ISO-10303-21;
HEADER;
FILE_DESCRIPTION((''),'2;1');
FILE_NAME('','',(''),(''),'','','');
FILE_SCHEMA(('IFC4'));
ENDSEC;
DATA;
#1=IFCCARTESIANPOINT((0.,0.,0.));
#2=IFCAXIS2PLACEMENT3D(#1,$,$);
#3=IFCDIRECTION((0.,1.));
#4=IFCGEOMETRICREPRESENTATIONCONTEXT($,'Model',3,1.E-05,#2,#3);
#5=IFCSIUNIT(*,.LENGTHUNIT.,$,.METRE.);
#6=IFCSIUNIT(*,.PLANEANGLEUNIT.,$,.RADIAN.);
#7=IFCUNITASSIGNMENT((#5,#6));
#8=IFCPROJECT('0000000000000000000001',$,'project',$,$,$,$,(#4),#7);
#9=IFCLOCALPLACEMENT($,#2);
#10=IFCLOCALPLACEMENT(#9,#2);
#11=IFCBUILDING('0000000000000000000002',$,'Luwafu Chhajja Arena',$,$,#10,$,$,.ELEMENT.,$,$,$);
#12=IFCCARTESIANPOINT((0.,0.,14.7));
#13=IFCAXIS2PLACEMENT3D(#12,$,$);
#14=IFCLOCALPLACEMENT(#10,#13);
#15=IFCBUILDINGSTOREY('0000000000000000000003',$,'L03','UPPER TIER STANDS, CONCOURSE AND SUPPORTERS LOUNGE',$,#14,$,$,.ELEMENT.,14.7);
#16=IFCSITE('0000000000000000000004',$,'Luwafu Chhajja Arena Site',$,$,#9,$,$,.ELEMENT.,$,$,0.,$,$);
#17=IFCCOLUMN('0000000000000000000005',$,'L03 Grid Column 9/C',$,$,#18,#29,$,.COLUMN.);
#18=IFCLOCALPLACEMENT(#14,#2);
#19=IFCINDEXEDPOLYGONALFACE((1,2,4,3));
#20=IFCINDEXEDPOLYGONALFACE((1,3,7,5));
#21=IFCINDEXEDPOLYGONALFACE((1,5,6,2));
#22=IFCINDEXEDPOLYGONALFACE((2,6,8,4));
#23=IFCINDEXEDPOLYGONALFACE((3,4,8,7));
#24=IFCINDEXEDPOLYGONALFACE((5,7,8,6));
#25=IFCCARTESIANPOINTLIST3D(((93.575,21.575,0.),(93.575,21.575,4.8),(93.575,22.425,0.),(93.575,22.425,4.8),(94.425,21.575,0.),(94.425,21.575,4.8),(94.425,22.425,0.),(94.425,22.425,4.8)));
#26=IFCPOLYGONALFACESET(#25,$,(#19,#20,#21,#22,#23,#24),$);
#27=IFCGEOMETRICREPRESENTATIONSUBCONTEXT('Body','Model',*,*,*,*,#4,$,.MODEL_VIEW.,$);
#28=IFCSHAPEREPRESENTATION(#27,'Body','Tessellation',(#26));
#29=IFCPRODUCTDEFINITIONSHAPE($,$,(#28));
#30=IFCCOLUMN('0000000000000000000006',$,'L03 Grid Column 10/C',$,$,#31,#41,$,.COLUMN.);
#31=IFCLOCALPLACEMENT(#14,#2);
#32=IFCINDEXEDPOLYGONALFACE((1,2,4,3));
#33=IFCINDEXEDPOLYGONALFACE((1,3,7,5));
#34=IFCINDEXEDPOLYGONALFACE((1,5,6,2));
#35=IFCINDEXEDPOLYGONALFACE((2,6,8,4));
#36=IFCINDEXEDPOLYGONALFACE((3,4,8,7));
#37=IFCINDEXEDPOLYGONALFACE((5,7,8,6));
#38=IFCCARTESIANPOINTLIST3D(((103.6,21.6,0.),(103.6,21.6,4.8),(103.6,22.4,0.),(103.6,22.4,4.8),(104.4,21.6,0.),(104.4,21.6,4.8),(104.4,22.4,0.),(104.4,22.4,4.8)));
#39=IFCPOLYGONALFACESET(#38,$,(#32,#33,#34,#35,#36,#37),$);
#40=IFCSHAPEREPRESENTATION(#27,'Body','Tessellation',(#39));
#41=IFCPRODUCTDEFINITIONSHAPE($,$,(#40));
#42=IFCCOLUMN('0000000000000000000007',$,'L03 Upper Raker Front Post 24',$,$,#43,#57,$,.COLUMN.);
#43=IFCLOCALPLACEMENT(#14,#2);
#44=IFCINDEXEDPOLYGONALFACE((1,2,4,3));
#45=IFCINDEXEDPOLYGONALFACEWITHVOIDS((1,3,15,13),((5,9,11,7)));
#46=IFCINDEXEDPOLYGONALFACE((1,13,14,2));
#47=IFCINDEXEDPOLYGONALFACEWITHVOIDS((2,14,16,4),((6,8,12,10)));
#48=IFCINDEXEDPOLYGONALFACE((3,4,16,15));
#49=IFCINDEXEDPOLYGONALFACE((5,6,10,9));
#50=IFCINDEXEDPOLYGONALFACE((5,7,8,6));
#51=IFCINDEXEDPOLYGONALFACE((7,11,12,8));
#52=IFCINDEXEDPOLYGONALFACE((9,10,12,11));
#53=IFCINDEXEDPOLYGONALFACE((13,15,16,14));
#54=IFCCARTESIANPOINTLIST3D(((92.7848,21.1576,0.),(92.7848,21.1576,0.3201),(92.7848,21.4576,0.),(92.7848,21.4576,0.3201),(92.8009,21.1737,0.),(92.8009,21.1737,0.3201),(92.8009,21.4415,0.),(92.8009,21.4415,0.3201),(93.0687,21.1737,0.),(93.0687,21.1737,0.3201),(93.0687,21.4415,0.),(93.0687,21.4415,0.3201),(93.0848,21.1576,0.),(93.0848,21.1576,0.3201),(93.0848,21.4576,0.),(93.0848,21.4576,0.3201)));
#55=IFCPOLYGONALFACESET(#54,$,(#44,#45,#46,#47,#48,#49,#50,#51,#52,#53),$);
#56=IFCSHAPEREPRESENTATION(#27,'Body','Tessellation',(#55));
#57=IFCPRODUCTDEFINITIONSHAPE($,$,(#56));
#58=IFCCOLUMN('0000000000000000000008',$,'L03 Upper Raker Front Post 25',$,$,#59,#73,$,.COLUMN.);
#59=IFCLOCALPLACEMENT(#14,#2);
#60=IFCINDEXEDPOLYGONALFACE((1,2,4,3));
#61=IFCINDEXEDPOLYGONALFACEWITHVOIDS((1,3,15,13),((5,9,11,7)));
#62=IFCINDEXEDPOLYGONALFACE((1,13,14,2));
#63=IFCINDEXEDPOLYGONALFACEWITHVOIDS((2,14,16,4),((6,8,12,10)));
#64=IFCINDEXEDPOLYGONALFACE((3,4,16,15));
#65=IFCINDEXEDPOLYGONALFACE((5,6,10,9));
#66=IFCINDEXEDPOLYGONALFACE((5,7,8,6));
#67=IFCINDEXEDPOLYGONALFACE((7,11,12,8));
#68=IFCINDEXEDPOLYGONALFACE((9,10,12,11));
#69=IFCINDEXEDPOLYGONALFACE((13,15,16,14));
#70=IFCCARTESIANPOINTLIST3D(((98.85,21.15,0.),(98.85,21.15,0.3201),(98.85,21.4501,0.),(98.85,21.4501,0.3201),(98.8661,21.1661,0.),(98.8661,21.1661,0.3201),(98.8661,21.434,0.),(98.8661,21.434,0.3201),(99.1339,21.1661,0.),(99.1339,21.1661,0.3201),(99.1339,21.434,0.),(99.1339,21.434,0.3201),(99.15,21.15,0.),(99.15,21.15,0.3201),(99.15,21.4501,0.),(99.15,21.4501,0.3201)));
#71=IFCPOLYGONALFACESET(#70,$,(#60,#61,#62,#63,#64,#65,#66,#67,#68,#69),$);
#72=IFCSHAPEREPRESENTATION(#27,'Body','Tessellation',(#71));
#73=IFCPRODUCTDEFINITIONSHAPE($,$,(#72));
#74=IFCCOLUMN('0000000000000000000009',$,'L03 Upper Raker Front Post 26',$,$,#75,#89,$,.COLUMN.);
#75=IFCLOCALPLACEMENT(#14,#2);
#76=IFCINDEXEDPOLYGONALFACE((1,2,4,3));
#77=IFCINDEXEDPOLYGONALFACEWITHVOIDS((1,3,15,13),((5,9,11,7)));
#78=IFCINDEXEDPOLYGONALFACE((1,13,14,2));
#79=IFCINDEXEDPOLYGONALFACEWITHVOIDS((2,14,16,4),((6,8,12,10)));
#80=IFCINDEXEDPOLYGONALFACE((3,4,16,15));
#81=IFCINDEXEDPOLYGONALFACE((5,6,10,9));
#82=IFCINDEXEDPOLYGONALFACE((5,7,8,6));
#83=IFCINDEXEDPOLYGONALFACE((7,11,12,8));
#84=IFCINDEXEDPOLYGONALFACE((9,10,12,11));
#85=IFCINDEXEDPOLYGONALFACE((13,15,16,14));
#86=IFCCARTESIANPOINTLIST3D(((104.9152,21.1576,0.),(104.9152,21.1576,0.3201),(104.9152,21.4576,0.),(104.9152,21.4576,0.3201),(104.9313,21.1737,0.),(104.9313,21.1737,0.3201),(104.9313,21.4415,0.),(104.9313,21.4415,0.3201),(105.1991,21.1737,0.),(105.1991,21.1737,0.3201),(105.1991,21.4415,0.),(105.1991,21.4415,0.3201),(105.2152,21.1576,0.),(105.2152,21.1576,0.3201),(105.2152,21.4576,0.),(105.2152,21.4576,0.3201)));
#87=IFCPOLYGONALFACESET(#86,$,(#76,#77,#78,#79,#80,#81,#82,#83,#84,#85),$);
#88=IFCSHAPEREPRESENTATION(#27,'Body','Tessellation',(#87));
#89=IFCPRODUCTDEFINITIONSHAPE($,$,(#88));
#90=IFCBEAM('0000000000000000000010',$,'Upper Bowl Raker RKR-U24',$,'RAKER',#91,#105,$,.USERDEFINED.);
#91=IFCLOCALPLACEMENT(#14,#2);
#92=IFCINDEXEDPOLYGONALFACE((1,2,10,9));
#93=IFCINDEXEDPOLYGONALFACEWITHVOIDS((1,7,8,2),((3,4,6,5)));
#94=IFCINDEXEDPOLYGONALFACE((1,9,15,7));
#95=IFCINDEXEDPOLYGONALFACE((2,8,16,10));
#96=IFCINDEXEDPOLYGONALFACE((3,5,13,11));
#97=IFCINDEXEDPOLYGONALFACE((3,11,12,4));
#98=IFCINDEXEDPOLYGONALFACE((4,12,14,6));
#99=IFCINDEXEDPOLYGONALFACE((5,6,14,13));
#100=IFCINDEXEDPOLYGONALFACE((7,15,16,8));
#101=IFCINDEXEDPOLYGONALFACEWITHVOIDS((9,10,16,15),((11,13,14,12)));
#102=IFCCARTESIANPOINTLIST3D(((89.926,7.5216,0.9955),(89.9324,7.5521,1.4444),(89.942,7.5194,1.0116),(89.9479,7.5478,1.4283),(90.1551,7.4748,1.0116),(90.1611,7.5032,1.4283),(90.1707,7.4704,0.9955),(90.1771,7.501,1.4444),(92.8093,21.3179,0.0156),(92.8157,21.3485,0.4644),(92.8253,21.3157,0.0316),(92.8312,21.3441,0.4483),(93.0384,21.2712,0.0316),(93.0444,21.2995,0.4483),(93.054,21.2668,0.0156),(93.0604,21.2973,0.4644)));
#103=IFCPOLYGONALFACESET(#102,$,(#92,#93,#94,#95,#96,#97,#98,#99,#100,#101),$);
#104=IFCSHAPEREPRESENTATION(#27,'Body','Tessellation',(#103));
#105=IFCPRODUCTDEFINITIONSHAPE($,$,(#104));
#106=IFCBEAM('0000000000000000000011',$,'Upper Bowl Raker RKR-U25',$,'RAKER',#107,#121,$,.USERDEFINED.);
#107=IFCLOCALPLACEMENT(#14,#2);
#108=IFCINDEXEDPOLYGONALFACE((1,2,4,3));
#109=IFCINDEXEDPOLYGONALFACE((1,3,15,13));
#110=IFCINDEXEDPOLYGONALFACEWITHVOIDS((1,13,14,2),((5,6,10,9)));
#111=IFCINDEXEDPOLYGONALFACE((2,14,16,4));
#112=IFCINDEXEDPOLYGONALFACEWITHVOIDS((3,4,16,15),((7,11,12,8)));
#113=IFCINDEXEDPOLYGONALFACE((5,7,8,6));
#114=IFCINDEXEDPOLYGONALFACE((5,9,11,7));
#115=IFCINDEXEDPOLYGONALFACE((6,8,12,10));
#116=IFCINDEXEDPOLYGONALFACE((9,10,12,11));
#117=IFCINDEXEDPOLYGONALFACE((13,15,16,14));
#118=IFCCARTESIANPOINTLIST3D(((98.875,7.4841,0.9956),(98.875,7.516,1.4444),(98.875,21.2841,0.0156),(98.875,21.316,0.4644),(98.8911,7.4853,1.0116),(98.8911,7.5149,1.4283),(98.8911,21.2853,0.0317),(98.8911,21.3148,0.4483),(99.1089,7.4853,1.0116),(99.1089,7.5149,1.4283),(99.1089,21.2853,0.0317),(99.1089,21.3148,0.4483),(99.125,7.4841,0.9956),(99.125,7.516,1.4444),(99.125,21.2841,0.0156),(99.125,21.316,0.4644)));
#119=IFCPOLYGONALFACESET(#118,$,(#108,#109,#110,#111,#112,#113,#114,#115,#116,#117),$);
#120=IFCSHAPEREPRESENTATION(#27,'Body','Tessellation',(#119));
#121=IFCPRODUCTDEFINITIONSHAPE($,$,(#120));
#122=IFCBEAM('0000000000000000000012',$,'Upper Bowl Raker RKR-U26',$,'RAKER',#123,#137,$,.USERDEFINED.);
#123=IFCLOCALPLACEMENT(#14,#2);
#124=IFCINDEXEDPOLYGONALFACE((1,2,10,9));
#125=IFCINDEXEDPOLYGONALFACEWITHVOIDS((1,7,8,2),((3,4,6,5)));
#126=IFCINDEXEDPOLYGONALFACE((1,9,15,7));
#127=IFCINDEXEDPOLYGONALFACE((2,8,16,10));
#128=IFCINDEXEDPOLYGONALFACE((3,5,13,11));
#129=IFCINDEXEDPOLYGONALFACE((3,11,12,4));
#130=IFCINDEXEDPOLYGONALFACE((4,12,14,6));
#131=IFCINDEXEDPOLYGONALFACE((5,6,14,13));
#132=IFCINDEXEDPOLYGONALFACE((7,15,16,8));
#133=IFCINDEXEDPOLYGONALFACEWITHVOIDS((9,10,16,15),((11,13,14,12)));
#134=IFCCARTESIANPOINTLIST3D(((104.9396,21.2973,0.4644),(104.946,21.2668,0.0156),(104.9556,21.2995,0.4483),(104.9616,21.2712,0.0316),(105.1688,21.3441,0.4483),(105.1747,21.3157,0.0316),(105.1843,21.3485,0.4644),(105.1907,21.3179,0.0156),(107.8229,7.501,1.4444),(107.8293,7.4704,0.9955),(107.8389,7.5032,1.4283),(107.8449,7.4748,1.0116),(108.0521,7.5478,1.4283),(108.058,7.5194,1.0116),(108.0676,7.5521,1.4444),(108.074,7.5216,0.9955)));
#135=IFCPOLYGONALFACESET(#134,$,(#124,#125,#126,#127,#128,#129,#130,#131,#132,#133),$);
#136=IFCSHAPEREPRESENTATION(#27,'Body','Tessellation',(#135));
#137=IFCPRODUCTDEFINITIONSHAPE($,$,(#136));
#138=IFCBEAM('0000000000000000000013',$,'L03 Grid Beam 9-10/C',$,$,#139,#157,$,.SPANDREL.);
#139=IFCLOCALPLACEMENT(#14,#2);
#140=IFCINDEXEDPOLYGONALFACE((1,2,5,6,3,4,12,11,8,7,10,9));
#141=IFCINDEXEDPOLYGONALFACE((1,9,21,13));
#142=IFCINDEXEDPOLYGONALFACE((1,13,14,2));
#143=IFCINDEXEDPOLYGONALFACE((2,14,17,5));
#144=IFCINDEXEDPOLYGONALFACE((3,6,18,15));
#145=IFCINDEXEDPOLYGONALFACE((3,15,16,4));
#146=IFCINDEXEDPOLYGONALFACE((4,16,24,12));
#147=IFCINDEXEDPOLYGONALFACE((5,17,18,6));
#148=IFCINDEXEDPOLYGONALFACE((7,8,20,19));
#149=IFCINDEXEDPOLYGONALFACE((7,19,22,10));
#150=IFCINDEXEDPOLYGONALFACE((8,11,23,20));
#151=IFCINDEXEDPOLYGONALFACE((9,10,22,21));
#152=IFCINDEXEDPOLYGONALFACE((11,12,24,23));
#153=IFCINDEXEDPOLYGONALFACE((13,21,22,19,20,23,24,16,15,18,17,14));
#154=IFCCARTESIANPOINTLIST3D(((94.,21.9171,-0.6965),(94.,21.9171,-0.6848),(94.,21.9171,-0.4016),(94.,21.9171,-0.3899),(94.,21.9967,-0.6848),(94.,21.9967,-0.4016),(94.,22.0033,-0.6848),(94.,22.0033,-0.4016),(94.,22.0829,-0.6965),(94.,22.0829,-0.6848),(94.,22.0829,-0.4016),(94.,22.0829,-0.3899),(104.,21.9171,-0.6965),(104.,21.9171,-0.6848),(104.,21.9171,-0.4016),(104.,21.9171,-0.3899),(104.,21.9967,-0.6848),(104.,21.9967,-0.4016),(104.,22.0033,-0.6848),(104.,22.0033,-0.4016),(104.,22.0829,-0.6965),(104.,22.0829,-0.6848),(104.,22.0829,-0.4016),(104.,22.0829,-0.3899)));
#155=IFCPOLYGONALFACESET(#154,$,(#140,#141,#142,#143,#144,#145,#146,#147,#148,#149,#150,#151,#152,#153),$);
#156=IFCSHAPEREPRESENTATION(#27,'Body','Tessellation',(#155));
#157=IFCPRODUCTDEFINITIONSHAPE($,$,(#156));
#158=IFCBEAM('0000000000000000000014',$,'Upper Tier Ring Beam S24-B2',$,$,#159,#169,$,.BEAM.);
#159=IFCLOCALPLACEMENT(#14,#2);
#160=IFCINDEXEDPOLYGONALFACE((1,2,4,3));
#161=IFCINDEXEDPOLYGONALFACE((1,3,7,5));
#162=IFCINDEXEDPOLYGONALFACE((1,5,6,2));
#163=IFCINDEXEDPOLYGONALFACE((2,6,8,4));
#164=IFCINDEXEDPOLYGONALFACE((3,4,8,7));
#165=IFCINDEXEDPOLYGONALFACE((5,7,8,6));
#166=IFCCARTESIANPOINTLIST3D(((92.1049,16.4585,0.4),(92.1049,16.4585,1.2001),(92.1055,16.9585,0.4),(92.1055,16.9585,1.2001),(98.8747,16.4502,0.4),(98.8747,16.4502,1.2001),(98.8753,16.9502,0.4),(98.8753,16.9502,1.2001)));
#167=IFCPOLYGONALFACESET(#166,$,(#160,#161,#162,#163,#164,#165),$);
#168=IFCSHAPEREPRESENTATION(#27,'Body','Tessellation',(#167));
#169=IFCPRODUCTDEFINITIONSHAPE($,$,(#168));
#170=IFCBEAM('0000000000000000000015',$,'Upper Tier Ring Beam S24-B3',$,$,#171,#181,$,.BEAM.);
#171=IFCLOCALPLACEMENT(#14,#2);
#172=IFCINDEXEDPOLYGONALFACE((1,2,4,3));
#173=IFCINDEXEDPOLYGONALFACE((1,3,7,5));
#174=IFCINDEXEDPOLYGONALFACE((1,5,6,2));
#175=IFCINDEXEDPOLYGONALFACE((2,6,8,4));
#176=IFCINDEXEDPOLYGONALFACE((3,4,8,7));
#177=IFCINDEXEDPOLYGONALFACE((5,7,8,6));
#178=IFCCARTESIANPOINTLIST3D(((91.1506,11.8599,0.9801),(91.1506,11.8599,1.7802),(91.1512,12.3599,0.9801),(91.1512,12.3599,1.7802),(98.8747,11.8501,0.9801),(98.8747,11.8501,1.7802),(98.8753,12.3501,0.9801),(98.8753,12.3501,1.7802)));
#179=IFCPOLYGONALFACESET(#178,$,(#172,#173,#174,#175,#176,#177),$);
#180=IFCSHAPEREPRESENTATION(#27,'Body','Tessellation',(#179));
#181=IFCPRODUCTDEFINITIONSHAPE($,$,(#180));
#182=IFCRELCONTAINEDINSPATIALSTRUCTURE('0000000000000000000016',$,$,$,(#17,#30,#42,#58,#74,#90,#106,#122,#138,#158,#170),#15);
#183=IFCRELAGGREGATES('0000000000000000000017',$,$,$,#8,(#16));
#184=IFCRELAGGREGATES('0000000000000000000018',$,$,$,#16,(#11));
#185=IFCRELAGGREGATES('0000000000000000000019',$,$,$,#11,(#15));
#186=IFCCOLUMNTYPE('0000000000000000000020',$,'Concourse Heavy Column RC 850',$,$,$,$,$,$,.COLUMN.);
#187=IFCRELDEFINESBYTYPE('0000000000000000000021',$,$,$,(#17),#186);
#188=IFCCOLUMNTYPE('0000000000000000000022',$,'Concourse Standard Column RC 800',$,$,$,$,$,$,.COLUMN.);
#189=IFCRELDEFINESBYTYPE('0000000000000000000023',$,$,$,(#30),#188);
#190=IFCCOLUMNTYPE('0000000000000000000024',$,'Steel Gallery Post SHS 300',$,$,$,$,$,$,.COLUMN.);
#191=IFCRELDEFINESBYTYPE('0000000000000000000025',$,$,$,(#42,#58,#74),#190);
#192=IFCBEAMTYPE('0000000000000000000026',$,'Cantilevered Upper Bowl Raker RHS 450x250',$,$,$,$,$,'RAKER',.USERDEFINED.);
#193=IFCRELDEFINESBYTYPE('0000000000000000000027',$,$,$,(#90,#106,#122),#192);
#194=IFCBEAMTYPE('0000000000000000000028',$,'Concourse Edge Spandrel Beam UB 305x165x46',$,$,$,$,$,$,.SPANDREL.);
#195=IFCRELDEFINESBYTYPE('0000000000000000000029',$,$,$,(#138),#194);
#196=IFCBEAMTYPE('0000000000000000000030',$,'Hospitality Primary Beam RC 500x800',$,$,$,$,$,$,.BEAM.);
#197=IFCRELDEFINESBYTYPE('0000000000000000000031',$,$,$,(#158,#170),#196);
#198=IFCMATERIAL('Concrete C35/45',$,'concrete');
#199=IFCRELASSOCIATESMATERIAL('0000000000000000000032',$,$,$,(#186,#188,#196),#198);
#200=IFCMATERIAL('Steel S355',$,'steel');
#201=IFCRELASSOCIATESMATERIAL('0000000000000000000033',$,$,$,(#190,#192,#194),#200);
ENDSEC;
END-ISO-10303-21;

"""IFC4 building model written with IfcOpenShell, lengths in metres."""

from ifc_helpers import new_model, si_unit, direction, frame, origin, origin_2d, place, context, subcontext, project, spatial, rectangle, hollow_rectangle, i_section, extrude, material, material_profile, profile_set, type_object, element, save


model = new_model("IFC4")

# Units and contexts
model_context = context("Model", 3, precision=1e-05, world=origin(), true_north=direction((0.0, 1.0)))
body_context = subcontext(model_context, "Body", "Model", "MODEL_VIEW")
ifc_project = project(units=[si_unit("LENGTHUNIT", "METRE"), si_unit("PLANEANGLEUNIT", "RADIAN")], contexts=[model_context])

# Site, building, storey
site_placement = place(None, origin())
site = spatial("IfcSite", under=ifc_project, at=site_placement, Name="Luwafu Chhajja Arena Site", CompositionType="ELEMENT", RefElevation=0.0)
building_placement = place(site_placement, origin())
building = spatial("IfcBuilding", under=site, at=building_placement, Name="Luwafu Chhajja Arena", CompositionType="ELEMENT")
storey_placement = place(building_placement, frame((0.0, 0.0, 14.7)))
storey = spatial("IfcBuildingStorey", under=building, at=storey_placement, Name="L03", Description="UPPER TIER STANDS, CONCOURSE AND SUPPORTERS LOUNGE", CompositionType="ELEMENT", Elevation=14.7)

# Columns
ifc_material_1 = material(Name="Concrete C35/45", Category="concrete")
ifc_material_profile_1 = material_profile(ifc_material_1, rectangle(XDim=0.8501, YDim=0.8501, at=origin_2d()), Name="RC 850x850")
ifc_profile_set_1 = profile_set([ifc_material_profile_1], Name="Concrete C35/45")
column_type_1 = type_object("IfcColumnType", Name="Concourse Heavy Column RC 850", PredefinedType="COLUMN", material=ifc_profile_set_1)
column_1_placement = place(storey_placement, frame((94.0, 22.0, 0.0), z_axis=(0.0, 0.0, 1.0), x_axis=(1.0, 0.0, 0.0)))
element("IfcColumn", 1, at=column_1_placement, inside=storey, type_object=column_type_1, Name="L03 Grid Column 9/C", PredefinedType="COLUMN", context=body_context, shape_type="SweptSolid", body=[
    extrude(rectangle(XDim=0.8501, YDim=0.8501, at=origin_2d()), origin(), (0.0, 0.0, 1.0), 4.8),
])
ifc_material_profile_2 = material_profile(ifc_material_1, rectangle(XDim=0.8, YDim=0.8, at=origin_2d()), Name="RC 800x800")
ifc_profile_set_2 = profile_set([ifc_material_profile_2], Name="Concrete C35/45")
column_type_2 = type_object("IfcColumnType", Name="Concourse Standard Column RC 800", PredefinedType="COLUMN", material=ifc_profile_set_2)
column_2_placement = place(storey_placement, frame((104.0, 22.0, 0.0), z_axis=(0.0, 0.0, 1.0), x_axis=(1.0, 0.0, 0.0)))
element("IfcColumn", 2, at=column_2_placement, inside=storey, type_object=column_type_2, Name="L03 Grid Column 10/C", PredefinedType="COLUMN", context=body_context, shape_type="SweptSolid", body=[
    extrude(rectangle(XDim=0.8, YDim=0.8, at=origin_2d()), origin(), (0.0, 0.0, 1.0), 4.8),
])
ifc_material_2 = material(Name="Steel S355", Category="steel")
ifc_material_profile_3 = material_profile(ifc_material_2, hollow_rectangle(XDim=0.3, YDim=0.3, WallThickness=0.0161, at=origin_2d()), Name="SHS 300x300x16")
ifc_profile_set_3 = profile_set([ifc_material_profile_3], Name="Steel S355")
column_type_3 = type_object("IfcColumnType", Name="Steel Gallery Post SHS 300", PredefinedType="COLUMN", material=ifc_profile_set_3)
for number, where, z_axis, x_axis, name in (
    (3, (92.9348, 21.3076, 0.0), (0.0, 0.0, 1.0), (1.0, 0.0, 0.0), "L03 Upper Raker Front Post 24"),
    (4, (99.0, 21.3, 0.0), (0.0, 0.0, 1.0), (1.0, 0.0, 0.0), "L03 Upper Raker Front Post 25"),
    (5, (105.0652, 21.3076, 0.0), (0.0, 0.0, 1.0), (1.0, 0.0, 0.0), "L03 Upper Raker Front Post 26"),
):
    element("IfcColumn", number, at=place(storey_placement, frame(where, z_axis=z_axis, x_axis=x_axis)), inside=storey, type_object=column_type_3, Name=name, PredefinedType="COLUMN", context=body_context, shape_type="SweptSolid", body=[
        extrude(hollow_rectangle(XDim=0.3, YDim=0.3, WallThickness=0.0161, at=origin_2d()), origin(), (0.0, 0.0, 1.0), 0.3201),
    ])

# Beams
ifc_material_profile_4 = material_profile(ifc_material_2, hollow_rectangle(XDim=0.25, YDim=0.45, WallThickness=0.0161, at=origin_2d()), Name="RHS 450x250x16")
ifc_profile_set_4 = profile_set([ifc_material_profile_4], Name="Steel S355")
beam_type_1 = type_object("IfcBeamType", Name="Cantilevered Upper Bowl Raker RHS 450x250", ElementType="RAKER", PredefinedType="USERDEFINED", material=ifc_profile_set_4)
beam_1_placement = place(storey_placement, frame((92.9348, 21.3076, 0.24), z_axis=(-0.204077, -0.976494, 0.069362), x_axis=(0.978852, -0.20457, 0.0)))
element("IfcBeam", 6, at=beam_1_placement, inside=storey, type_object=beam_type_1, Name="Upper Bowl Raker RKR-U24", ObjectType="RAKER", PredefinedType="USERDEFINED", context=body_context, shape_type="SweptSolid", body=[
    extrude(hollow_rectangle(XDim=0.25, YDim=0.45, WallThickness=0.0161, at=origin_2d()), origin(), (0.0, 0.0, 1.0), 14.1284),
])
beam_2_placement = place(storey_placement, frame((99.0, 21.3, 0.24), z_axis=(0.0, -0.997488, 0.070834), x_axis=(1.0, 0.0, 0.0)))
element("IfcBeam", 7, at=beam_2_placement, inside=storey, type_object=beam_type_1, Name="Upper Bowl Raker RKR-U25", ObjectType="RAKER", PredefinedType="USERDEFINED", context=body_context, shape_type="SweptSolid", body=[
    extrude(hollow_rectangle(XDim=0.25, YDim=0.45, WallThickness=0.0161, at=origin_2d()), origin(), (0.0, 0.0, 1.0), 13.8347),
])
beam_3_placement = place(storey_placement, frame((105.0652, 21.3076, 0.24), z_axis=(0.204077, -0.976494, 0.069362), x_axis=(0.978852, 0.20457, 0.0)))
element("IfcBeam", 8, at=beam_3_placement, inside=storey, type_object=beam_type_1, Name="Upper Bowl Raker RKR-U26", ObjectType="RAKER", PredefinedType="USERDEFINED", context=body_context, shape_type="SweptSolid", body=[
    extrude(hollow_rectangle(XDim=0.25, YDim=0.45, WallThickness=0.0161, at=origin_2d()), origin(), (0.0, 0.0, 1.0), 14.1284),
])
ifc_material_profile_5 = material_profile(ifc_material_2, i_section(OverallWidth=0.1658, OverallDepth=0.3066, WebThickness=0.0066, FlangeThickness=0.0117, at=origin_2d()), Name="UB 305x165x46")
ifc_profile_set_5 = profile_set([ifc_material_profile_5], Name="Steel S355")
beam_type_2 = type_object("IfcBeamType", Name="Concourse Edge Spandrel Beam UB 305x165x46", PredefinedType="SPANDREL", material=ifc_profile_set_5)
beam_4_placement = place(storey_placement, frame((94.0, 22.0, -0.5432), z_axis=(1.0, 0.0, 0.0), x_axis=(0.0, 1.0, 0.0)))
element("IfcBeam", 9, at=beam_4_placement, inside=storey, type_object=beam_type_2, Name="L03 Grid Beam 9-10/C", PredefinedType="SPANDREL", context=body_context, shape_type="SweptSolid", body=[
    extrude(i_section(OverallWidth=0.1658, OverallDepth=0.3066, WebThickness=0.0066, FlangeThickness=0.0117, at=origin_2d()), origin(), (0.0, 0.0, 1.0), 10.0),
])
ifc_material_profile_6 = material_profile(ifc_material_1, rectangle(XDim=0.5, YDim=0.8, at=origin_2d()), Name="RC 500x800")
ifc_profile_set_6 = profile_set([ifc_material_profile_6], Name="Concrete C35/45")
beam_type_3 = type_object("IfcBeamType", Name="Hospitality Primary Beam RC 500x800", PredefinedType="BEAM", material=ifc_profile_set_6)
beam_5_placement = place(storey_placement, frame((92.1052, 16.7085, 0.8), z_axis=(0.999999, -0.001226, 0.0), x_axis=(0.001226, 0.999999, 0.0)))
element("IfcBeam", 10, at=beam_5_placement, inside=storey, type_object=beam_type_3, Name="Upper Tier Ring Beam S24-B2", PredefinedType="BEAM", context=body_context, shape_type="SweptSolid", body=[
    extrude(rectangle(XDim=0.5, YDim=0.8, at=origin_2d()), origin(), (0.0, 0.0, 1.0), 6.7698),
])
beam_6_placement = place(storey_placement, frame((91.1509, 12.1099, 1.3801), z_axis=(0.999999, -0.001264, 0.0), x_axis=(0.001264, 0.999999, 0.0)))
element("IfcBeam", 11, at=beam_6_placement, inside=storey, type_object=beam_type_3, Name="Upper Tier Ring Beam S24-B3", PredefinedType="BEAM", context=body_context, shape_type="SweptSolid", body=[
    extrude(rectangle(XDim=0.5, YDim=0.8, at=origin_2d()), origin(), (0.0, 0.0, 1.0), 7.7241),
])

save(model, "model.ifc")
